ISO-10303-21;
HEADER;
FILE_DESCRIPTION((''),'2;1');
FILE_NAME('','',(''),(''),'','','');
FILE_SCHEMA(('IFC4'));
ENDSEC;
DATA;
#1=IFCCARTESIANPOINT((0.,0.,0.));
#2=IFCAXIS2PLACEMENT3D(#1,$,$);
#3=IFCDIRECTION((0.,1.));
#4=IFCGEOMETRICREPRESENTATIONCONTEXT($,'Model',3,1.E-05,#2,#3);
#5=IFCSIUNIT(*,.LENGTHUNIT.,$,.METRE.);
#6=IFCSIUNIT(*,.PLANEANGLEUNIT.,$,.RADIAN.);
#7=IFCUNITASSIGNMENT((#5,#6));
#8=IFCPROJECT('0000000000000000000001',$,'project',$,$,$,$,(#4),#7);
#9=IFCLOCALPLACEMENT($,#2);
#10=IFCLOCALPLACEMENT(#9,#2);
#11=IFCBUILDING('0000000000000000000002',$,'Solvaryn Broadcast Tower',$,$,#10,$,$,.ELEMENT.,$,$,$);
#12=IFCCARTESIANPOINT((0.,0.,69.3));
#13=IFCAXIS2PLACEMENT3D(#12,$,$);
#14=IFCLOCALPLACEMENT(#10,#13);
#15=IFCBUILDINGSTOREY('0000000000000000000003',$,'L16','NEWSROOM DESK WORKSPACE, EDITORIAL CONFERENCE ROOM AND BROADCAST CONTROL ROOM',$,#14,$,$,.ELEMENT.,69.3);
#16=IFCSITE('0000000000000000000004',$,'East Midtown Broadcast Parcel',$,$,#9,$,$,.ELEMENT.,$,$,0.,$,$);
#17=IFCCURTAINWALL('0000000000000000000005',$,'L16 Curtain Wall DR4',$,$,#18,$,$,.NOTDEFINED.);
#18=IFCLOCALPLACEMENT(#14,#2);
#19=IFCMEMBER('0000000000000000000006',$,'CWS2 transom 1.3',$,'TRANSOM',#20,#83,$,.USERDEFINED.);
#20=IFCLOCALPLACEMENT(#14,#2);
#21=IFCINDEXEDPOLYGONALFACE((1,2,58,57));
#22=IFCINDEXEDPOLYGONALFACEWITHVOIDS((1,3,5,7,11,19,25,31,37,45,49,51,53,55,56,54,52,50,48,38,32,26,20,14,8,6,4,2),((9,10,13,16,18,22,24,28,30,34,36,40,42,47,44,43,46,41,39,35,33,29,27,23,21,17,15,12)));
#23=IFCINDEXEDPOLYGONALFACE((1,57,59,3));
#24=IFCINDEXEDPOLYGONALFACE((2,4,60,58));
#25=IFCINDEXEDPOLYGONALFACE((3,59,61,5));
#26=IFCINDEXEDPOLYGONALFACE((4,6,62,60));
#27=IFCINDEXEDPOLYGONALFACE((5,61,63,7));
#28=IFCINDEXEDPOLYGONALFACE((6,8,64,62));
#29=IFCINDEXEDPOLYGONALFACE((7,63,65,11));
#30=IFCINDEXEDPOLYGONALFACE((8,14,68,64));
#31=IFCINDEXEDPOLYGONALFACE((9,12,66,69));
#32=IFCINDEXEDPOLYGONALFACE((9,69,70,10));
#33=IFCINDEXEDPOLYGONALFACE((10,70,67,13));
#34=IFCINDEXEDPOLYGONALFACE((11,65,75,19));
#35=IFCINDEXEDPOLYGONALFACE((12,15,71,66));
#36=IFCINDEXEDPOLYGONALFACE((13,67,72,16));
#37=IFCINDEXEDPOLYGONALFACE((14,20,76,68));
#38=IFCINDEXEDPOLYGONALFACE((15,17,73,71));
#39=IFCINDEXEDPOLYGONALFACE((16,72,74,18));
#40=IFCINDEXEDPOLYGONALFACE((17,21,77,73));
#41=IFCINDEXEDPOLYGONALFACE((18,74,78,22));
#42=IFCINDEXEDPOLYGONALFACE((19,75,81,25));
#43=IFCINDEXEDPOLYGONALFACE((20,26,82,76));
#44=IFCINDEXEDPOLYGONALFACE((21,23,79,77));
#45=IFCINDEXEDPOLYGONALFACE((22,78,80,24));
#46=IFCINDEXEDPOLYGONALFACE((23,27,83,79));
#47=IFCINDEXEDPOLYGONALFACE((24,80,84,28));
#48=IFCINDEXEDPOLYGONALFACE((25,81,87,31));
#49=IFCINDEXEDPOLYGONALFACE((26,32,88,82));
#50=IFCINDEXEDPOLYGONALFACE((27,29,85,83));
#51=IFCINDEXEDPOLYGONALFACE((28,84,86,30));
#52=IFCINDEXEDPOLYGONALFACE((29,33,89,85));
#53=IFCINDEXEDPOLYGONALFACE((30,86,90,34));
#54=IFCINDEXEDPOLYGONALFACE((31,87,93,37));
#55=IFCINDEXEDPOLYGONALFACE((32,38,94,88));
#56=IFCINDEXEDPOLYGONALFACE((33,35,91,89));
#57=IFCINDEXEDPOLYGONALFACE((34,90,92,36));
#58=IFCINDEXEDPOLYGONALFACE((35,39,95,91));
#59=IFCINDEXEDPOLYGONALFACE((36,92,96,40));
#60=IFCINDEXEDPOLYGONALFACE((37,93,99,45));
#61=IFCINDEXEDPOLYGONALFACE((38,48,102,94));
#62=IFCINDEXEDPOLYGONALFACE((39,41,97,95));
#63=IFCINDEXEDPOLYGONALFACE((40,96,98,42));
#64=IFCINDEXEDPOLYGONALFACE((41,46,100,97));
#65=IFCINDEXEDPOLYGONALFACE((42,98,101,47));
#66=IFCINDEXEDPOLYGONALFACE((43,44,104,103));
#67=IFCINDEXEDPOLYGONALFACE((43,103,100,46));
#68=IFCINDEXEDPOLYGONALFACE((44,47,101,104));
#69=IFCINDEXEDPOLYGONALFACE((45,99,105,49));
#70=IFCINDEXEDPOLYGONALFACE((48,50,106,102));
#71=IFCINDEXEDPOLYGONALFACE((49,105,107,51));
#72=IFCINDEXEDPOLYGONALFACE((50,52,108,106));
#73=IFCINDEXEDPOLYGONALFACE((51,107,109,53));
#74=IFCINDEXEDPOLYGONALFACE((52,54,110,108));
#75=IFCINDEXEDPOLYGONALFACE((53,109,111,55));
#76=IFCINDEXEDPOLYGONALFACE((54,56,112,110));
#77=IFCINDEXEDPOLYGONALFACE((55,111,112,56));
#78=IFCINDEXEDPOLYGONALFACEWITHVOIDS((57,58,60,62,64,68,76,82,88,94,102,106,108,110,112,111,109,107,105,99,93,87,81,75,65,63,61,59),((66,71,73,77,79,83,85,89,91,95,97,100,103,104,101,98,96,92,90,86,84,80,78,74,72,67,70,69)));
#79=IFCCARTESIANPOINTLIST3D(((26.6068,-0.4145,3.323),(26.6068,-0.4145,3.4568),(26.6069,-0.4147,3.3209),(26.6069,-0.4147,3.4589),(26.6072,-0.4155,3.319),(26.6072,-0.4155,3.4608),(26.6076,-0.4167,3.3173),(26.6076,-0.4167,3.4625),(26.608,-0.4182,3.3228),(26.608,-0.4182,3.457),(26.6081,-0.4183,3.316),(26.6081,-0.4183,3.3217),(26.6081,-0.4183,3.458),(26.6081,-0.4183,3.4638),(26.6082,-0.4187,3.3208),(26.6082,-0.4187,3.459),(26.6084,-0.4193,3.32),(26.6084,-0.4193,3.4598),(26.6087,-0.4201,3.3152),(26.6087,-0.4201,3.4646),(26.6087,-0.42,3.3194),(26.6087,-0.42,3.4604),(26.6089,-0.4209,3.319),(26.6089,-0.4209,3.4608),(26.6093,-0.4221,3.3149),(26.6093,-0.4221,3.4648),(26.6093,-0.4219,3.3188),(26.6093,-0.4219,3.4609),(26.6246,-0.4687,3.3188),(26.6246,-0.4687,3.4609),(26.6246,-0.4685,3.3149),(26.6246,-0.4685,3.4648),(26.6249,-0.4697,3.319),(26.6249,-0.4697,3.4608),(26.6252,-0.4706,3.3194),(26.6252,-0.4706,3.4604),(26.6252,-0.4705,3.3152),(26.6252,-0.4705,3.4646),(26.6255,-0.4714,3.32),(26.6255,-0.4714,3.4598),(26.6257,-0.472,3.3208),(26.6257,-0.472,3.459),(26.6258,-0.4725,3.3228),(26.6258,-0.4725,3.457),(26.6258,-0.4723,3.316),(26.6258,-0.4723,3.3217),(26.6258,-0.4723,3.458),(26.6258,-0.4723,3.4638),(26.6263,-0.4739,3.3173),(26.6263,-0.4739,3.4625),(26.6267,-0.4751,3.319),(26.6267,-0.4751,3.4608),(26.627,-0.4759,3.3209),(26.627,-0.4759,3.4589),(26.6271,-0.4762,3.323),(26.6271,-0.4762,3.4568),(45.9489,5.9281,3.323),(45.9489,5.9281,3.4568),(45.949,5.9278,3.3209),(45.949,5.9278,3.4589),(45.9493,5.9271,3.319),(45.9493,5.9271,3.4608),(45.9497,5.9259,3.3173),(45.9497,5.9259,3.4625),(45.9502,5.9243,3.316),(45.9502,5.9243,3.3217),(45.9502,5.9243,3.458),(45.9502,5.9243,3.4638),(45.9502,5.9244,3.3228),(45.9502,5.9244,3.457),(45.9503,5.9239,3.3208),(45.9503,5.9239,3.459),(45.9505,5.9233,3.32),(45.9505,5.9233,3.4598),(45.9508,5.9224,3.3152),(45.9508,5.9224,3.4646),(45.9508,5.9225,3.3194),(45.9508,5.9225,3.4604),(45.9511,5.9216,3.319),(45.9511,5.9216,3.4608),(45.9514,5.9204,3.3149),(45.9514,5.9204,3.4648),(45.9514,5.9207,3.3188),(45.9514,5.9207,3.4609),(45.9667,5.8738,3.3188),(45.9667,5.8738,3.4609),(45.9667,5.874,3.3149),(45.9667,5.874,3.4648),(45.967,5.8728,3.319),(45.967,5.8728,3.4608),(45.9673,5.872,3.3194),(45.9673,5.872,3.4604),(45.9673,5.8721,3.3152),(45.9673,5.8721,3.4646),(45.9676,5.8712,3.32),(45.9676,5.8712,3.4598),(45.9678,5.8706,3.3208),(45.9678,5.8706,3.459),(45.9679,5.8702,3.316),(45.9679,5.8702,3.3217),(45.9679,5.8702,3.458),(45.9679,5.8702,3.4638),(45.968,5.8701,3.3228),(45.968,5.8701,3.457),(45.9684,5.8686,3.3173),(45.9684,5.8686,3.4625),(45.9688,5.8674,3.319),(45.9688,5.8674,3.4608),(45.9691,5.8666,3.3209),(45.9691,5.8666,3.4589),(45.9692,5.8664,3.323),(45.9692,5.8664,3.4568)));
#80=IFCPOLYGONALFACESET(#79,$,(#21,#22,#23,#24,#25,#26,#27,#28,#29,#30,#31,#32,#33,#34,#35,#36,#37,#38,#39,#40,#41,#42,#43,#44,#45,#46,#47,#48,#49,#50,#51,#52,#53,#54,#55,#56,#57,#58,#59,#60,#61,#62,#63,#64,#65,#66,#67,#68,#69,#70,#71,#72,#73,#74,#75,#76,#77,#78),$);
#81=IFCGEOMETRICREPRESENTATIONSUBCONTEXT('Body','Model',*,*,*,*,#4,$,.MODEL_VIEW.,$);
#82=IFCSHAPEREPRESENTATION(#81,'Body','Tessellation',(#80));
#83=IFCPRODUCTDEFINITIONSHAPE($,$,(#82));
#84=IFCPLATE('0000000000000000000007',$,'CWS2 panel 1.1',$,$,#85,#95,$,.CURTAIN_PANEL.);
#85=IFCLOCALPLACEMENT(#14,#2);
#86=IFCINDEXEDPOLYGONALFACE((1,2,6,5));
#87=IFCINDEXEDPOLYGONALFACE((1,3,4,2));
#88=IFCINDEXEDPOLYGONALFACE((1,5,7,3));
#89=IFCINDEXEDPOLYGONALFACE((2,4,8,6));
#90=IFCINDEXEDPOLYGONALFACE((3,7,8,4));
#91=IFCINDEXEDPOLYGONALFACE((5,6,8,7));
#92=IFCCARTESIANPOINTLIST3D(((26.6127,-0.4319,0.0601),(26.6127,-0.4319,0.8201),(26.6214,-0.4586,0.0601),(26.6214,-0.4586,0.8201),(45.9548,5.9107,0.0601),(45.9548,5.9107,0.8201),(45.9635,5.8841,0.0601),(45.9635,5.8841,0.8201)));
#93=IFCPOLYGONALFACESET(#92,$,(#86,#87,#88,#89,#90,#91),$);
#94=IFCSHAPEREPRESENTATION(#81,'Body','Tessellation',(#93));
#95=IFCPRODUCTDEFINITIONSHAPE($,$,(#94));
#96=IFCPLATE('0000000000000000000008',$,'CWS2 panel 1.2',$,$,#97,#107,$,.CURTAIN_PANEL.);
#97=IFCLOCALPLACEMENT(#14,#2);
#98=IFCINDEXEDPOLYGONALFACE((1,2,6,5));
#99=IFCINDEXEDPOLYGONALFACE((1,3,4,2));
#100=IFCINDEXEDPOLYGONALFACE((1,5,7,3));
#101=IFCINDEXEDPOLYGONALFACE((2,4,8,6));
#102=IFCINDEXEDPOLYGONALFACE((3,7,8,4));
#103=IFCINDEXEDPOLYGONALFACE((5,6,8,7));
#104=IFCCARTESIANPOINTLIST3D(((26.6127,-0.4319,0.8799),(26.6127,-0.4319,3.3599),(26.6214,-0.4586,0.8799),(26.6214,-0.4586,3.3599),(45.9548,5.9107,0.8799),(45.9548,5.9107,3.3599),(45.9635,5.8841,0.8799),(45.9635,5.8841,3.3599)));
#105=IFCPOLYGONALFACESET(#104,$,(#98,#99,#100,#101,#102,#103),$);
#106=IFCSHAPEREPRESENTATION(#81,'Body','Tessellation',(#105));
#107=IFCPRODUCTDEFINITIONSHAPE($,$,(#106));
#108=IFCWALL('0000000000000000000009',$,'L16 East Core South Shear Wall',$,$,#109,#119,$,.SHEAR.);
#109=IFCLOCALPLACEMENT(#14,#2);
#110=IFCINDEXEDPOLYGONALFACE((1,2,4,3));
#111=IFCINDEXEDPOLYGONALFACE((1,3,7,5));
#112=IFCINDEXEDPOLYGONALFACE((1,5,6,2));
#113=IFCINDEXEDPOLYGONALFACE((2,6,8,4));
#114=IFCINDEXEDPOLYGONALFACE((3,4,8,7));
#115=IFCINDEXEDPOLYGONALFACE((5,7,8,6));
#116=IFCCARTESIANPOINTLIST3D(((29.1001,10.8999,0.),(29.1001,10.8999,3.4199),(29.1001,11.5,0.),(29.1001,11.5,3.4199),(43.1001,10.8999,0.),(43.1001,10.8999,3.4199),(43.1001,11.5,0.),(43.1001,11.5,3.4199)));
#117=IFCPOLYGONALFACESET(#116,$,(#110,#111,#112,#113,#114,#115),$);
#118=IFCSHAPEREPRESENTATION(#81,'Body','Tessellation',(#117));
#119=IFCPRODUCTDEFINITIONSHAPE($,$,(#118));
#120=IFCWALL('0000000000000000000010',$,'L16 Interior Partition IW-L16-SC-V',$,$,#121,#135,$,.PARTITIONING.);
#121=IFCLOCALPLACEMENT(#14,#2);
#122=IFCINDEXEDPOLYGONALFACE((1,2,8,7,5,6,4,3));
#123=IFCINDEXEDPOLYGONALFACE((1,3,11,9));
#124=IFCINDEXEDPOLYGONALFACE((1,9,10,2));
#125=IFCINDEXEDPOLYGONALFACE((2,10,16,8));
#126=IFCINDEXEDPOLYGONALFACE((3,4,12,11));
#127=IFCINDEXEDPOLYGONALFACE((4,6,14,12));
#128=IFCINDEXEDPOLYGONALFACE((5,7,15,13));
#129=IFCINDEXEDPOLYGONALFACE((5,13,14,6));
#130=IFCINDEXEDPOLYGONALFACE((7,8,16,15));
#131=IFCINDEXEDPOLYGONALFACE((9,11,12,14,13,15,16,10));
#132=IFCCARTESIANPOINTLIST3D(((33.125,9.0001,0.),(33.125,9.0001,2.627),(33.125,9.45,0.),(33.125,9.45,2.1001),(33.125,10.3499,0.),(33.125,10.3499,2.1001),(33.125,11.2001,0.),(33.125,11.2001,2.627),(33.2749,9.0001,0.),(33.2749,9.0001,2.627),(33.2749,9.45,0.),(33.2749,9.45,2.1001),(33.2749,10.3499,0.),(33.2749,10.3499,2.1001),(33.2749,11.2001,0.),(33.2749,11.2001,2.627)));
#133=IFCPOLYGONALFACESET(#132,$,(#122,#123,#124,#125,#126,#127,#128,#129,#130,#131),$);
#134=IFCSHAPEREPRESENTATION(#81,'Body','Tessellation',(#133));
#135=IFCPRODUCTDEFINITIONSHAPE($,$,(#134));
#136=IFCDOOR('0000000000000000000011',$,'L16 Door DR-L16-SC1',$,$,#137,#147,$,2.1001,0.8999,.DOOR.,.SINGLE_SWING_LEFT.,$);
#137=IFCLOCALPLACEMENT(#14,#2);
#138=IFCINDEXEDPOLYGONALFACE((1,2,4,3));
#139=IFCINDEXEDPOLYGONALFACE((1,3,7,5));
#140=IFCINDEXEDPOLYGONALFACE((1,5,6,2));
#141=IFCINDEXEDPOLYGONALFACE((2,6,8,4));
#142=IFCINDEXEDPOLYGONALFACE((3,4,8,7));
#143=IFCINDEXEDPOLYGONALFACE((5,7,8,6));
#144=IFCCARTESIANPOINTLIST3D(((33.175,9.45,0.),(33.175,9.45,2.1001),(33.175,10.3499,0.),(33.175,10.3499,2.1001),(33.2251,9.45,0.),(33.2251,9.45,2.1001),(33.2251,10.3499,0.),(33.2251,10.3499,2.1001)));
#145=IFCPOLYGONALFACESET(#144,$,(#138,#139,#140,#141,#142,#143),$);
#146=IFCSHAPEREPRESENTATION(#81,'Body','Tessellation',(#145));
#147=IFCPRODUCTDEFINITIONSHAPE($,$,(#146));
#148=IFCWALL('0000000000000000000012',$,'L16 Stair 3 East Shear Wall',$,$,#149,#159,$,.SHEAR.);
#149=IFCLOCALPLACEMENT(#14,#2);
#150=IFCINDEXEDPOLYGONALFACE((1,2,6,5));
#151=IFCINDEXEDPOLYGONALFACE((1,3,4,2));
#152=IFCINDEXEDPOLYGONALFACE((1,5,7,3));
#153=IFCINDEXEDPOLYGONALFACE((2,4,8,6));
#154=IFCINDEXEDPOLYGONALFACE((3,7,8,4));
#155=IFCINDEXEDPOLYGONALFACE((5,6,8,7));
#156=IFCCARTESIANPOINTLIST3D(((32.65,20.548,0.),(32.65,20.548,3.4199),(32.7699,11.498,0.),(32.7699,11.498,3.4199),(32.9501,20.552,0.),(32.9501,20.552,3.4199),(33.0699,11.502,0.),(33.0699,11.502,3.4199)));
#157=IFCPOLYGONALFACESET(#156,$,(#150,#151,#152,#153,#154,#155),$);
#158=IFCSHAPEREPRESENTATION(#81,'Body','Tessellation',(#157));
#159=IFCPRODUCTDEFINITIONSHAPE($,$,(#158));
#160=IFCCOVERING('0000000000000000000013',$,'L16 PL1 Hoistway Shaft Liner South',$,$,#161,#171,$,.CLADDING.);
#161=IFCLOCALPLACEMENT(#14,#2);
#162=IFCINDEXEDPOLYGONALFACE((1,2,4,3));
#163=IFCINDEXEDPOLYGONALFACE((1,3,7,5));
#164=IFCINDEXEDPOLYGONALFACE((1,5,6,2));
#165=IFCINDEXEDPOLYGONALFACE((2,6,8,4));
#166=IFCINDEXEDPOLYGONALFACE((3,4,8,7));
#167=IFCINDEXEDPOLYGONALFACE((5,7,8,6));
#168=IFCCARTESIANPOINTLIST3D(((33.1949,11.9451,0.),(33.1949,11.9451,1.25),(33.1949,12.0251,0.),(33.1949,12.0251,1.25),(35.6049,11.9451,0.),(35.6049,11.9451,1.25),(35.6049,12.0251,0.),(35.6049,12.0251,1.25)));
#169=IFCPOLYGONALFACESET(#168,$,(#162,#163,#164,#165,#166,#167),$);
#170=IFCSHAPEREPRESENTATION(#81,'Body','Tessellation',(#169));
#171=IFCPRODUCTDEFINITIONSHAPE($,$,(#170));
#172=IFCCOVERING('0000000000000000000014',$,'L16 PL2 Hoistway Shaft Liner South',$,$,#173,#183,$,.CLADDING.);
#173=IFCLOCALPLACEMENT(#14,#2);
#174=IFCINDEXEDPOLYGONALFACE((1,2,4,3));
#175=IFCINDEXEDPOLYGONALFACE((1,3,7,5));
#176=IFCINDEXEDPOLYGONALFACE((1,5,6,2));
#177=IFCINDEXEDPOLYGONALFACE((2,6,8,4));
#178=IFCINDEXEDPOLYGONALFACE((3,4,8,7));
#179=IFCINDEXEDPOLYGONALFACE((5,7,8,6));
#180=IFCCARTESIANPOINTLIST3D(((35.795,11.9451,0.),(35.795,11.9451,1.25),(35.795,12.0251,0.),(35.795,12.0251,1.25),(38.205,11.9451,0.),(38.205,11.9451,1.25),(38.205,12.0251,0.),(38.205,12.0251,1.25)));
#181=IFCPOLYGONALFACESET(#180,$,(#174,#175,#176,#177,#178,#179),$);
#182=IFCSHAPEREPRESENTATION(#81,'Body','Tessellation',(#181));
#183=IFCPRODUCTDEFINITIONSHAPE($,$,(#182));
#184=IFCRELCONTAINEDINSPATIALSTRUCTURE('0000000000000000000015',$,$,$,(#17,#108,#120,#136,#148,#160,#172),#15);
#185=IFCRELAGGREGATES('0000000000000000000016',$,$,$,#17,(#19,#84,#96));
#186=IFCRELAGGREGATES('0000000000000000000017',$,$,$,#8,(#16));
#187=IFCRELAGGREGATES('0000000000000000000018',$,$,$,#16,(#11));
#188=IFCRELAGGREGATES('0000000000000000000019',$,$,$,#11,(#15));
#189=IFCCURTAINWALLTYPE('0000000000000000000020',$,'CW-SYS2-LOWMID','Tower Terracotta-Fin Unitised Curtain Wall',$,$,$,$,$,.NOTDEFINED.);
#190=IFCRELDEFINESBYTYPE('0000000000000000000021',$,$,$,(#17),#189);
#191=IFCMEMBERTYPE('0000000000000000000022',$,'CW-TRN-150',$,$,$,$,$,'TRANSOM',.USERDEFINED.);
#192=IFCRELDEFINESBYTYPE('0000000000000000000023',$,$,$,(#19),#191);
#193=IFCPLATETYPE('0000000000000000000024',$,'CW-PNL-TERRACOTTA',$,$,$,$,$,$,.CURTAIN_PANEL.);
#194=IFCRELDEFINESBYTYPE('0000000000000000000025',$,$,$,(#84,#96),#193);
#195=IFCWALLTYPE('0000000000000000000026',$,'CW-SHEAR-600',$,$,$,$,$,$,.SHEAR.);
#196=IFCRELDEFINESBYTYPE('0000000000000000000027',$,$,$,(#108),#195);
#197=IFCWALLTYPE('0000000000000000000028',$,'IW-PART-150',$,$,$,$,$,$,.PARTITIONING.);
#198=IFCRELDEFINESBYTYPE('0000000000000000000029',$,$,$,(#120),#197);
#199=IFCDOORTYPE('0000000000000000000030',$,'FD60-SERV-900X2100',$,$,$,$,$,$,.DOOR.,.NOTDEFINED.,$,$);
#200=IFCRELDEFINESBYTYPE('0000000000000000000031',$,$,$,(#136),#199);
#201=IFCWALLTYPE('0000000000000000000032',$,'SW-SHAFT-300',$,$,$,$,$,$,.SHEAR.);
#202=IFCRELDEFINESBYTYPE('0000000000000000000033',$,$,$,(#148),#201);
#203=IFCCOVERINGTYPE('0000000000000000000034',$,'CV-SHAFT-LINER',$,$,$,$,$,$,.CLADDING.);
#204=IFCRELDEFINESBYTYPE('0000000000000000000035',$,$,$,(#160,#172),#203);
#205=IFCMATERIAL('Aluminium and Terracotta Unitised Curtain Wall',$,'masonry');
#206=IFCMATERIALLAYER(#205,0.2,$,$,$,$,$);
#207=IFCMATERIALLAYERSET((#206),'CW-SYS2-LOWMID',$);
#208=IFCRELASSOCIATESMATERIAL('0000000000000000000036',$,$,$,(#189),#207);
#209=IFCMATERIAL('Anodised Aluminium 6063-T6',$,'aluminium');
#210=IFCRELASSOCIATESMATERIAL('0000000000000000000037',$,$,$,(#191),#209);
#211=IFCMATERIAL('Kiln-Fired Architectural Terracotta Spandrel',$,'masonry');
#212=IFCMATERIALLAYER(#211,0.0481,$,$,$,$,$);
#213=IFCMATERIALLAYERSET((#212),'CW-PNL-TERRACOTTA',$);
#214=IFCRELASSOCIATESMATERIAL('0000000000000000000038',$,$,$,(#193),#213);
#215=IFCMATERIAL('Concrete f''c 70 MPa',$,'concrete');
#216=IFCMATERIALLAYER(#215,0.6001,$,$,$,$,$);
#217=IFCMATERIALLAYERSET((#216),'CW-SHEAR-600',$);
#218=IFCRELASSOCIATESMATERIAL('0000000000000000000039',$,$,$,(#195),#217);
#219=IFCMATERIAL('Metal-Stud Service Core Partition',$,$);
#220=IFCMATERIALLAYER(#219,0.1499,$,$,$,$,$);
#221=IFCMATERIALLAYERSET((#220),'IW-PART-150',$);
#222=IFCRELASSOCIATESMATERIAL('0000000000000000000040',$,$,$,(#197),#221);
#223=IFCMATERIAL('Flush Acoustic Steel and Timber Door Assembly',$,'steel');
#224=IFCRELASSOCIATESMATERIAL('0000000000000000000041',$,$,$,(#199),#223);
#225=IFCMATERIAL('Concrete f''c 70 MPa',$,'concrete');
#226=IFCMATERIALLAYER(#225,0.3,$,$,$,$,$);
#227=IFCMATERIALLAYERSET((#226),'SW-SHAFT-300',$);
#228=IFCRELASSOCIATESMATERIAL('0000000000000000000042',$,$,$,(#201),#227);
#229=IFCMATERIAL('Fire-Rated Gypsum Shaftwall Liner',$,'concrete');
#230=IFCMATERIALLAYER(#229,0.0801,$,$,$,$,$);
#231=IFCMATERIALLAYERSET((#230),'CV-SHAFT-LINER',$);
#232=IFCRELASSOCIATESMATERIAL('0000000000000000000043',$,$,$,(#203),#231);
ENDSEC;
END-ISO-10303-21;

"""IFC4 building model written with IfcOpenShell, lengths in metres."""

from ifc_helpers import new_model, si_unit, direction, frame, frame_2d, origin, origin_2d, place, context, subcontext, project, spatial, rectangle, hollow_rectangle, extrude, material, layer, layer_set, material_profile, profile_set, type_object, element, fill, aggregate, save


model = new_model("IFC4")

# Units and contexts
model_context = context("Model", 3, precision=1e-05, world=origin(), true_north=direction((0.0, 1.0)))
body_context = subcontext(model_context, "Body", "Model", "MODEL_VIEW")
ifc_project = project(units=[si_unit("LENGTHUNIT", "METRE"), si_unit("PLANEANGLEUNIT", "RADIAN")], contexts=[model_context])

# Site, building, storey
site_placement = place(None, origin())
site = spatial("IfcSite", under=ifc_project, at=site_placement, Name="East Midtown Broadcast Parcel", CompositionType="ELEMENT", RefElevation=0.0)
building_placement = place(site_placement, origin())
building = spatial("IfcBuilding", under=site, at=building_placement, Name="Solvaryn Broadcast Tower", CompositionType="ELEMENT")
storey_placement = place(building_placement, frame((0.0, 0.0, 69.3)))
storey = spatial("IfcBuildingStorey", under=building, at=storey_placement, Name="L16", Description="NEWSROOM DESK WORKSPACE, EDITORIAL CONFERENCE ROOM AND BROADCAST CONTROL ROOM", CompositionType="ELEMENT", Elevation=69.3)

# Shared definitions
ifc_material_1 = material(Name="Aluminium and Terracotta Unitised Curtain Wall", Category="masonry")
ifc_layer_1 = layer(ifc_material_1, 0.2)
ifc_layer_set_1 = layer_set([ifc_layer_1], Name="CW-SYS2-LOWMID")
curtain_wall_type = type_object("IfcCurtainWallType", Name="CW-SYS2-LOWMID", Description="Tower Terracotta-Fin Unitised Curtain Wall", PredefinedType="NOTDEFINED", material=ifc_layer_set_1)

# Curtain wall, member, plates
curtain_wall_1_placement = place(storey_placement, origin())
curtain_wall_1 = element("IfcCurtainWall", 1, at=curtain_wall_1_placement, inside=storey, type_object=curtain_wall_type, Name="L16 Curtain Wall DR4", PredefinedType="NOTDEFINED")
ifc_material_2 = material(Name="Anodised Aluminium 6063-T6", Category="aluminium")
ifc_material_profile_1 = material_profile(ifc_material_2, hollow_rectangle(XDim=0.0649, YDim=0.1499, WallThickness=0.0039, InnerFilletRadius=0.0039, OuterFilletRadius=0.0081, at=origin_2d()))
ifc_profile_set_1 = profile_set([ifc_material_profile_1], Name="Anodised Aluminium 6063-T6")
member_type_1 = type_object("IfcMemberType", Name="CW-TRN-150", ElementType="TRANSOM", PredefinedType="USERDEFINED", material=ifc_profile_set_1)
member_1_placement = place(storey_placement, frame((26.6169, -0.4453, 3.3899), z_axis=(0.950217, 0.31159, 0.0), x_axis=(-0.31159, 0.950217, 0.0)))
member_1 = element("IfcMember", 2, at=member_1_placement, type_object=member_type_1, Name="CWS2 transom 1.3", ObjectType="TRANSOM", PredefinedType="USERDEFINED", context=body_context, shape_type="SweptSolid", body=[
    extrude(hollow_rectangle(XDim=0.0649, YDim=0.1499, WallThickness=0.0039, InnerFilletRadius=0.0039, OuterFilletRadius=0.0081, at=origin_2d()), origin(), (0.0, 0.0, 1.0), 20.3555),
])
ifc_material_3 = material(Name="Kiln-Fired Architectural Terracotta Spandrel", Category="masonry")
ifc_layer_2 = layer(ifc_material_3, 0.0481)
ifc_layer_set_2 = layer_set([ifc_layer_2], Name="CW-PNL-TERRACOTTA")
plate_type = type_object("IfcPlateType", Name="CW-PNL-TERRACOTTA", PredefinedType="CURTAIN_PANEL", material=ifc_layer_set_2)
plate_1_placement = place(storey_placement, frame((36.2881, 2.7261, 0.0601), z_axis=(0.0, 0.0, 1.0), x_axis=(0.950215, 0.311594, 0.0)))
plate_1 = element("IfcPlate", 3, at=plate_1_placement, type_object=plate_type, Name="CWS2 panel 1.1", PredefinedType="CURTAIN_PANEL", context=body_context, shape_type="SweptSolid", body=[
    extrude(rectangle(XDim=20.3555, YDim=0.0281, at=origin_2d()), origin(), (0.0, 0.0, 1.0), 0.76),
])
plate_2_placement = place(storey_placement, frame((36.2881, 2.7261, 0.8799), z_axis=(0.0, 0.0, 1.0), x_axis=(0.950215, 0.311594, 0.0)))
plate_2 = element("IfcPlate", 4, at=plate_2_placement, type_object=plate_type, Name="CWS2 panel 1.2", PredefinedType="CURTAIN_PANEL", context=body_context, shape_type="SweptSolid", body=[
    extrude(rectangle(XDim=20.3555, YDim=0.0281, at=origin_2d()), origin(), (0.0, 0.0, 1.0), 2.48),
])
aggregate(curtain_wall_1, [member_1, plate_1, plate_2])

# Wall
ifc_material_4 = material(Name="Concrete f'c 70 MPa", Category="concrete")
ifc_layer_3 = layer(ifc_material_4, 0.6001)
ifc_layer_set_3 = layer_set([ifc_layer_3], Name="CW-SHEAR-600")
wall_type_1 = type_object("IfcWallType", Name="CW-SHEAR-600", PredefinedType="SHEAR", material=ifc_layer_set_3)
wall_1_placement = place(storey_placement, frame((29.1001, 11.2, 0.0), z_axis=(0.0, 0.0, 1.0), x_axis=(1.0, 0.0, 0.0)))
element("IfcWall", 5, at=wall_1_placement, inside=storey, type_object=wall_type_1, Name="L16 East Core South Shear Wall", PredefinedType="SHEAR", context=body_context, shape_type="SweptSolid", body=[
    extrude(rectangle(XDim=14.0, YDim=0.6001, at=frame_2d((7.0, 0.0))), origin(), (0.0, 0.0, 1.0), 3.4199),
])

# Wall, opening, door
ifc_material_5 = material(Name="Metal-Stud Service Core Partition")
ifc_layer_4 = layer(ifc_material_5, 0.1499)
ifc_layer_set_4 = layer_set([ifc_layer_4], Name="IW-PART-150")
wall_type_2 = type_object("IfcWallType", Name="IW-PART-150", PredefinedType="PARTITIONING", material=ifc_layer_set_4)
wall_2_placement = place(storey_placement, frame((33.2, 9.0, 0.0), z_axis=(0.0, 0.0, 1.0), x_axis=(0.0, 1.0, 0.0)))
wall_2 = element("IfcWall", 6, at=wall_2_placement, inside=storey, type_object=wall_type_2, Name="L16 Interior Partition IW-L16-SC-V", PredefinedType="PARTITIONING", context=body_context, shape_type="SweptSolid", body=[
    extrude(rectangle(XDim=2.2, YDim=0.1499, at=frame_2d((1.1001, 0.0))), origin(), (0.0, 0.0, 1.0), 2.627),
])
opening_placement = place(wall_2_placement, frame((0.45, 0.0, 0.0)))
opening = element("IfcOpeningElement", 7, at=opening_placement, cuts=wall_2, PredefinedType="OPENING", context=body_context, shape_type="SweptSolid", body=[
    extrude(rectangle(XDim=0.8999, YDim=2.1001, at=frame_2d((0.45, 1.05))), frame((0.0, 0.085, 0.0), z_axis=(0.0, -1.0, 0.0), x_axis=(1.0, 0.0, 0.0)), (0.0, 0.0, 1.0), 0.1699),
])
ifc_material_6 = material(Name="Flush Acoustic Steel and Timber Door Assembly", Category="steel")
door_type = type_object("IfcDoorType", Name="FD60-SERV-900X2100", OperationType="NOTDEFINED", PredefinedType="DOOR", material=ifc_material_6)
door_placement = place(opening_placement, origin())
door = element("IfcDoor", 8, at=door_placement, inside=storey, type_object=door_type, Name="L16 Door DR-L16-SC1", OperationType="SINGLE_SWING_LEFT", OverallHeight=2.1001, OverallWidth=0.8999, PredefinedType="DOOR", context=body_context, shape_type="SweptSolid", body=[
    extrude(rectangle(XDim=0.8999, YDim=2.1001, at=frame_2d((0.45, 1.05))), frame((0.0, 0.0249, 0.0), z_axis=(0.0, -1.0, 0.0), x_axis=(1.0, 0.0, 0.0)), (0.0, 0.0, 1.0), 0.05),
])
fill(opening, door)

# Wall
ifc_material_7 = material(Name="Concrete f'c 70 MPa", Category="concrete")
ifc_layer_5 = layer(ifc_material_7, 0.3)
ifc_layer_set_5 = layer_set([ifc_layer_5], Name="SW-SHAFT-300")
wall_type_3 = type_object("IfcWallType", Name="SW-SHAFT-300", PredefinedType="SHEAR", material=ifc_layer_set_5)
wall_3_placement = place(storey_placement, frame((32.9199, 11.5, 0.0), z_axis=(0.0, 0.0, 1.0), x_axis=(-0.013244, 0.999912, 0.0)))
element("IfcWall", 9, at=wall_3_placement, inside=storey, type_object=wall_type_3, Name="L16 Stair 3 East Shear Wall", PredefinedType="SHEAR", context=body_context, shape_type="SweptSolid", body=[
    extrude(rectangle(XDim=9.0508, YDim=0.3, at=frame_2d((4.5254, 0.0))), origin(), (0.0, 0.0, 1.0), 3.4199),
])

# Coverings
ifc_material_8 = material(Name="Fire-Rated Gypsum Shaftwall Liner", Category="concrete")
ifc_layer_6 = layer(ifc_material_8, 0.0801)
ifc_layer_set_6 = layer_set([ifc_layer_6], Name="CV-SHAFT-LINER")
covering_type_1 = type_object("IfcCoveringType", Name="CV-SHAFT-LINER", PredefinedType="CLADDING", material=ifc_layer_set_6)
for number, where, z_axis, x_axis, name in (
    (10, (34.3999, 11.9851, 0.0), (0.0, 0.0, 1.0), (1.0, 0.0, 0.0), "L16 PL1 Hoistway Shaft Liner South"),
    (11, (37.0, 11.9851, 0.0), (0.0, 0.0, 1.0), (1.0, 0.0, 0.0), "L16 PL2 Hoistway Shaft Liner South"),
):
    element("IfcCovering", number, at=place(storey_placement, frame(where, z_axis=z_axis, x_axis=x_axis)), inside=storey, type_object=covering_type_1, Name=name, PredefinedType="CLADDING", context=body_context, shape_type="SweptSolid", body=[
        extrude(rectangle(XDim=2.4099, YDim=0.0801, at=origin_2d()), origin(), (0.0, 0.0, 1.0), 1.25),
    ])

save(model, "model.ifc")
